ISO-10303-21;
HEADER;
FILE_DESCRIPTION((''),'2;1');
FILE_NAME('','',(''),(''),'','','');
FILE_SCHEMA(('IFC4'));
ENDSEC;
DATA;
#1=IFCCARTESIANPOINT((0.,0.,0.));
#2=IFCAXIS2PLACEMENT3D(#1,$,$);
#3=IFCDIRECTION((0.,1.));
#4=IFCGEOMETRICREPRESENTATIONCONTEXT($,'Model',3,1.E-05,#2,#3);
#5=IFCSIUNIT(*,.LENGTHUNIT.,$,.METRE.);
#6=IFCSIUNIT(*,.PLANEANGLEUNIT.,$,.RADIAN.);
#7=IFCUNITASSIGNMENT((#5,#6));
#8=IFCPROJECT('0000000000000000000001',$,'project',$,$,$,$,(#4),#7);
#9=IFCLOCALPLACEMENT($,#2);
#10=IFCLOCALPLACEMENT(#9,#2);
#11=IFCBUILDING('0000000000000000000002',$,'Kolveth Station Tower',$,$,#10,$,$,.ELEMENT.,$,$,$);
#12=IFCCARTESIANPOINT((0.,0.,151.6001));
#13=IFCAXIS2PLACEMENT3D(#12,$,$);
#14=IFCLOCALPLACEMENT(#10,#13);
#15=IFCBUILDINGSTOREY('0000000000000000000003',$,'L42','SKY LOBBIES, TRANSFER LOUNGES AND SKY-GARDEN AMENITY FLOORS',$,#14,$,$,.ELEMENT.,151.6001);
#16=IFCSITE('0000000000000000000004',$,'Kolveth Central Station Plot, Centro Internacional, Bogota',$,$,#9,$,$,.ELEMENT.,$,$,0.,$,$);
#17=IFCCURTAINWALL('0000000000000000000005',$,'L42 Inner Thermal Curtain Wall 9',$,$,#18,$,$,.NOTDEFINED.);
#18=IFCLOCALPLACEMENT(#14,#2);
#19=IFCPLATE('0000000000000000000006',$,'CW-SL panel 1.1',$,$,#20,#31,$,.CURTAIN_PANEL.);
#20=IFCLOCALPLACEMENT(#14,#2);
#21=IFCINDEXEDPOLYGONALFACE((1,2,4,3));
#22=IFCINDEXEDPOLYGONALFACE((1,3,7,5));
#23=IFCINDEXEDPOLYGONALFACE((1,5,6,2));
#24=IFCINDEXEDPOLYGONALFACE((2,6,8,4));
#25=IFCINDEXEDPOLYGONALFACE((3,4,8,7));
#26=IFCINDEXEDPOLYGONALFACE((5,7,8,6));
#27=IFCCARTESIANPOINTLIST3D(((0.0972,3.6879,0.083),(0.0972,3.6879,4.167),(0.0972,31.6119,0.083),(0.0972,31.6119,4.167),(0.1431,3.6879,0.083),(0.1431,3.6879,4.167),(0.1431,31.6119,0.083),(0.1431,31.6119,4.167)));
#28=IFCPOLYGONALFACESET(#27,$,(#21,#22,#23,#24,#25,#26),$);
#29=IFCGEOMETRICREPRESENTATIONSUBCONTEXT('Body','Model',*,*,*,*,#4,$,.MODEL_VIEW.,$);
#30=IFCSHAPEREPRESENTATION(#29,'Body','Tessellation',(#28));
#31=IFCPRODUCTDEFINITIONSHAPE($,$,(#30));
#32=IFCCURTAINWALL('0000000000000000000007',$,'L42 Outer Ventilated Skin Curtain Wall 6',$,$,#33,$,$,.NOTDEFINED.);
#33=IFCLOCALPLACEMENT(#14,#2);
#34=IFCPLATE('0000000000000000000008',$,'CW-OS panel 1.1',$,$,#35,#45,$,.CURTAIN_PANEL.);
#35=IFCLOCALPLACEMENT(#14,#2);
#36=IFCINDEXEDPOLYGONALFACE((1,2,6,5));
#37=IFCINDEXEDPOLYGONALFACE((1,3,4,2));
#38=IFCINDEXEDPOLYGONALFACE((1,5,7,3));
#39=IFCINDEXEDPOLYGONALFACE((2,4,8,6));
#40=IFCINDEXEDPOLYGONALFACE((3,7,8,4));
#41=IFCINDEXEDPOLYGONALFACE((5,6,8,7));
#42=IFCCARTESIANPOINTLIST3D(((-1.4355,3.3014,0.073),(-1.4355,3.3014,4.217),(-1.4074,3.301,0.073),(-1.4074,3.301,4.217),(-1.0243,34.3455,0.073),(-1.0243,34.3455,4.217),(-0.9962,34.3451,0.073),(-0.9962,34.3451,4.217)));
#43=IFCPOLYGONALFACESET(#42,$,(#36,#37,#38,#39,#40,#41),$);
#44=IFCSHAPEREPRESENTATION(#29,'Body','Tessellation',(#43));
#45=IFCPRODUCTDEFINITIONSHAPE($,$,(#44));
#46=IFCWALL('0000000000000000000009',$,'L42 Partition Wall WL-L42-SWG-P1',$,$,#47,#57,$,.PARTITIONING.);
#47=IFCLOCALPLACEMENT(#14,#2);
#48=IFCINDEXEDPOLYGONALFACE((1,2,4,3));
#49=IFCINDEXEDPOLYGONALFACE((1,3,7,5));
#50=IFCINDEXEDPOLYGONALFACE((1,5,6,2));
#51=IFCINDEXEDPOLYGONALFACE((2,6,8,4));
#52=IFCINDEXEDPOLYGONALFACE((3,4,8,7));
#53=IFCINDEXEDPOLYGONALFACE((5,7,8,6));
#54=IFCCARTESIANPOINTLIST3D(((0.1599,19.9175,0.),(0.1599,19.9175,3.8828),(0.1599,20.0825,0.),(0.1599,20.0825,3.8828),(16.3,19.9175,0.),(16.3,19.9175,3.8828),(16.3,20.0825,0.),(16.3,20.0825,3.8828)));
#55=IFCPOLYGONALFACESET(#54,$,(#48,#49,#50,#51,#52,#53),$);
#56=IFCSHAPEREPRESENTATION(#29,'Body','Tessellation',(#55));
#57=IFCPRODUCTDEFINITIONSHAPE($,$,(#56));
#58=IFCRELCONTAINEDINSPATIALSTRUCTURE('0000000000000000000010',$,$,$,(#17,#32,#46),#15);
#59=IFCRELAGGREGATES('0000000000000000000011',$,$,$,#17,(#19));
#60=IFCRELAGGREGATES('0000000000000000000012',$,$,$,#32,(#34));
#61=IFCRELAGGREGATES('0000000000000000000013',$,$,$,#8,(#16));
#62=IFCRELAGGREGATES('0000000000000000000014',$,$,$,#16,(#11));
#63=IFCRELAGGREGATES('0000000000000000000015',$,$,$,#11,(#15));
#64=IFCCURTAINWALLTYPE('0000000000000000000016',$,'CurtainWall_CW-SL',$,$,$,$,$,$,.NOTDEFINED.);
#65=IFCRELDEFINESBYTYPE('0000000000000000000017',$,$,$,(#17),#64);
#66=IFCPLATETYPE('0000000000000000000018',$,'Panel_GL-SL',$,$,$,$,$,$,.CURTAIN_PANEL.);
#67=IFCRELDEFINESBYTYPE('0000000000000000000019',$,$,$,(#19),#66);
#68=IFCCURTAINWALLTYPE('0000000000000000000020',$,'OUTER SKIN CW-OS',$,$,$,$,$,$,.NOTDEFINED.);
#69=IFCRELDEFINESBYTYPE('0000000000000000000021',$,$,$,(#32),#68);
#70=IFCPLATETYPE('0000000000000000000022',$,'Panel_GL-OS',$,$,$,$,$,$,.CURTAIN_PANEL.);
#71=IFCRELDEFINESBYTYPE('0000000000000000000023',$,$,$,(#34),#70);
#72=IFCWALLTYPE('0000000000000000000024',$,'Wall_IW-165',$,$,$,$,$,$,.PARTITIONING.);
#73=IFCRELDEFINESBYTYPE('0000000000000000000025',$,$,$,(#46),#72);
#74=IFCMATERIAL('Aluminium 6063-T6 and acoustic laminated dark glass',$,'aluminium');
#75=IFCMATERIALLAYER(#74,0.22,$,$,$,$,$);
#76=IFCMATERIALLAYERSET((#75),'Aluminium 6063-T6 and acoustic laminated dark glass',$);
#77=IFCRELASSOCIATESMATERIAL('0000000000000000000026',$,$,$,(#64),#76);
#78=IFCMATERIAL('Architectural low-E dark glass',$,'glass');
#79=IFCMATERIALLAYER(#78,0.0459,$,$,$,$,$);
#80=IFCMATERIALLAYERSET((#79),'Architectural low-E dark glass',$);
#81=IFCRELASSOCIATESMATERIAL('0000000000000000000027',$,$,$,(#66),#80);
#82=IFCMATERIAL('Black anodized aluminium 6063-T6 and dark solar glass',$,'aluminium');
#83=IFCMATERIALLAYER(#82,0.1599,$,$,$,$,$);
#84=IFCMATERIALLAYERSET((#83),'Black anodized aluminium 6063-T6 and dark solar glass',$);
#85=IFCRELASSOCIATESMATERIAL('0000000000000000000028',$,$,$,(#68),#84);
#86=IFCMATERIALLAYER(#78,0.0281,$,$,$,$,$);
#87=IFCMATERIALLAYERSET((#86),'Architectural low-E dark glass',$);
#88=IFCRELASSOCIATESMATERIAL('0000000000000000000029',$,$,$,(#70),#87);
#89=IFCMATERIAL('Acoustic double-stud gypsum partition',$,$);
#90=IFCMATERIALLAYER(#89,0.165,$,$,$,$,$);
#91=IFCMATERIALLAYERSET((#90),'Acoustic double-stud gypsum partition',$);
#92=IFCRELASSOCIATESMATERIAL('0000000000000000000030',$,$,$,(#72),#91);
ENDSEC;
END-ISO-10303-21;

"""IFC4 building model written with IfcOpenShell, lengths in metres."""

from ifc_helpers import new_model, si_unit, direction, frame, frame_2d, origin, origin_2d, place, context, subcontext, project, spatial, rectangle, extrude, source, transform, mapped, material, layer, layer_set, type_object, element, aggregate, save


model = new_model("IFC4")

# Units and contexts
model_context = context("Model", 3, precision=1e-05, world=origin(), true_north=direction((0.0, 1.0)))
body_context = subcontext(model_context, "Body", "Model", "MODEL_VIEW")
ifc_project = project(units=[si_unit("LENGTHUNIT", "METRE"), si_unit("PLANEANGLEUNIT", "RADIAN")], contexts=[model_context])

# Site, building, storey
site_placement = place(None, origin())
site = spatial("IfcSite", under=ifc_project, at=site_placement, Name="Kolveth Central Station Plot, Centro Internacional, Bogota", CompositionType="ELEMENT", RefElevation=0.0)
building_placement = place(site_placement, origin())
building = spatial("IfcBuilding", under=site, at=building_placement, Name="Kolveth Station Tower", CompositionType="ELEMENT")
storey_placement = place(building_placement, frame((0.0, 0.0, 151.6001)))
storey = spatial("IfcBuildingStorey", under=building, at=storey_placement, Name="L42", Description="SKY LOBBIES, TRANSFER LOUNGES AND SKY-GARDEN AMENITY FLOORS", CompositionType="ELEMENT", Elevation=151.6001)

# Curtain wall
ifc_material_1 = material(Name="Aluminium 6063-T6 and acoustic laminated dark glass", Category="aluminium")
ifc_layer_1 = layer(ifc_material_1, 0.22)
ifc_layer_set_1 = layer_set([ifc_layer_1], Name="Aluminium 6063-T6 and acoustic laminated dark glass")
curtain_wall_type_1 = type_object("IfcCurtainWallType", Name="CurtainWall_CW-SL", PredefinedType="NOTDEFINED", material=ifc_layer_set_1)
curtain_wall_1_placement = place(storey_placement, origin())
curtain_wall_1 = element("IfcCurtainWall", 1, at=curtain_wall_1_placement, inside=storey, type_object=curtain_wall_type_1, Name="L42 Inner Thermal Curtain Wall 9", PredefinedType="NOTDEFINED")

# Plate
ifc_material_2 = material(Name="Architectural low-E dark glass", Category="glass")
ifc_layer_2 = layer(ifc_material_2, 0.0459)
ifc_layer_set_2 = layer_set([ifc_layer_2], Name="Architectural low-E dark glass")
plate_type_1 = type_object("IfcPlateType", Name="Panel_GL-SL", PredefinedType="CURTAIN_PANEL", material=ifc_layer_set_2)
shared_shape_1 = source(origin(), body_context, "Body", "SweptSolid", [
    extrude(rectangle(XDim=27.9241, YDim=0.0459, at=origin_2d()), origin(), (0.0, 0.0, 1.0), 4.084),
])
plate_1_placement = place(storey_placement, frame((0.1201, 17.6499, 0.083), z_axis=(0.0, 0.0, 1.0), x_axis=(0.0, -1.0, 0.0)))
plate_1 = element("IfcPlate", 2, at=plate_1_placement, type_object=plate_type_1, Name="CW-SL panel 1.1", PredefinedType="CURTAIN_PANEL", context=body_context, shape_type="MappedRepresentation", body=[
    mapped(shared_shape_1, transform((0.0, 0.0, 0.0), x_axis=(1.0, 0.0, 0.0), y_axis=(0.0, 1.0, 0.0), z_axis=(0.0, 0.0, 1.0), scale=1.0)),
])
aggregate(curtain_wall_1, [plate_1])

# Curtain wall, plate
ifc_material_3 = material(Name="Black anodized aluminium 6063-T6 and dark solar glass", Category="aluminium")
ifc_layer_3 = layer(ifc_material_3, 0.1599)
ifc_layer_set_3 = layer_set([ifc_layer_3], Name="Black anodized aluminium 6063-T6 and dark solar glass")
curtain_wall_type_2 = type_object("IfcCurtainWallType", Name="OUTER SKIN CW-OS", PredefinedType="NOTDEFINED", material=ifc_layer_set_3)
curtain_wall_2_placement = place(storey_placement, origin())
curtain_wall_2 = element("IfcCurtainWall", 3, at=curtain_wall_2_placement, inside=storey, type_object=curtain_wall_type_2, Name="L42 Outer Ventilated Skin Curtain Wall 6", PredefinedType="NOTDEFINED")
ifc_layer_4 = layer(ifc_material_2, 0.0281)
ifc_layer_set_4 = layer_set([ifc_layer_4], Name="Architectural low-E dark glass")
plate_type_2 = type_object("IfcPlateType", Name="Panel_GL-OS", PredefinedType="CURTAIN_PANEL", material=ifc_layer_set_4)
shared_shape_2 = source(origin(), body_context, "Body", "SweptSolid", [
    extrude(rectangle(XDim=31.0469, YDim=0.0281, at=origin_2d()), origin(), (0.0, 0.0, 1.0), 4.144),
])
plate_2_placement = place(storey_placement, frame((-1.2158, 18.8232, 0.073), z_axis=(0.0, 0.0, 1.0), x_axis=(-0.013245, -0.999912, 0.0)))
plate_2 = element("IfcPlate", 4, at=plate_2_placement, type_object=plate_type_2, Name="CW-OS panel 1.1", PredefinedType="CURTAIN_PANEL", context=body_context, shape_type="MappedRepresentation", body=[
    mapped(shared_shape_2, transform((0.0, 0.0, 0.0), x_axis=(1.0, 0.0, 0.0), y_axis=(0.0, 1.0, 0.0), z_axis=(0.0, 0.0, 1.0), scale=1.0)),
])
aggregate(curtain_wall_2, [plate_2])

# Wall
ifc_material_4 = material(Name="Acoustic double-stud gypsum partition")
ifc_layer_5 = layer(ifc_material_4, 0.165)
ifc_layer_set_5 = layer_set([ifc_layer_5], Name="Acoustic double-stud gypsum partition")
wall_type = type_object("IfcWallType", Name="Wall_IW-165", PredefinedType="PARTITIONING", material=ifc_layer_set_5)
wall_placement = place(storey_placement, frame((0.1599, 20.0, 0.0), z_axis=(0.0, 0.0, 1.0), x_axis=(1.0, 0.0, 0.0)))
element("IfcWall", 5, at=wall_placement, inside=storey, type_object=wall_type, Name="L42 Partition Wall WL-L42-SWG-P1", PredefinedType="PARTITIONING", context=body_context, shape_type="SweptSolid", body=[
    extrude(rectangle(XDim=16.1401, YDim=0.165, at=frame_2d((8.0701, 0.0))), origin(), (0.0, 0.0, 1.0), 3.8828),
])

save(model, "model.ifc")
